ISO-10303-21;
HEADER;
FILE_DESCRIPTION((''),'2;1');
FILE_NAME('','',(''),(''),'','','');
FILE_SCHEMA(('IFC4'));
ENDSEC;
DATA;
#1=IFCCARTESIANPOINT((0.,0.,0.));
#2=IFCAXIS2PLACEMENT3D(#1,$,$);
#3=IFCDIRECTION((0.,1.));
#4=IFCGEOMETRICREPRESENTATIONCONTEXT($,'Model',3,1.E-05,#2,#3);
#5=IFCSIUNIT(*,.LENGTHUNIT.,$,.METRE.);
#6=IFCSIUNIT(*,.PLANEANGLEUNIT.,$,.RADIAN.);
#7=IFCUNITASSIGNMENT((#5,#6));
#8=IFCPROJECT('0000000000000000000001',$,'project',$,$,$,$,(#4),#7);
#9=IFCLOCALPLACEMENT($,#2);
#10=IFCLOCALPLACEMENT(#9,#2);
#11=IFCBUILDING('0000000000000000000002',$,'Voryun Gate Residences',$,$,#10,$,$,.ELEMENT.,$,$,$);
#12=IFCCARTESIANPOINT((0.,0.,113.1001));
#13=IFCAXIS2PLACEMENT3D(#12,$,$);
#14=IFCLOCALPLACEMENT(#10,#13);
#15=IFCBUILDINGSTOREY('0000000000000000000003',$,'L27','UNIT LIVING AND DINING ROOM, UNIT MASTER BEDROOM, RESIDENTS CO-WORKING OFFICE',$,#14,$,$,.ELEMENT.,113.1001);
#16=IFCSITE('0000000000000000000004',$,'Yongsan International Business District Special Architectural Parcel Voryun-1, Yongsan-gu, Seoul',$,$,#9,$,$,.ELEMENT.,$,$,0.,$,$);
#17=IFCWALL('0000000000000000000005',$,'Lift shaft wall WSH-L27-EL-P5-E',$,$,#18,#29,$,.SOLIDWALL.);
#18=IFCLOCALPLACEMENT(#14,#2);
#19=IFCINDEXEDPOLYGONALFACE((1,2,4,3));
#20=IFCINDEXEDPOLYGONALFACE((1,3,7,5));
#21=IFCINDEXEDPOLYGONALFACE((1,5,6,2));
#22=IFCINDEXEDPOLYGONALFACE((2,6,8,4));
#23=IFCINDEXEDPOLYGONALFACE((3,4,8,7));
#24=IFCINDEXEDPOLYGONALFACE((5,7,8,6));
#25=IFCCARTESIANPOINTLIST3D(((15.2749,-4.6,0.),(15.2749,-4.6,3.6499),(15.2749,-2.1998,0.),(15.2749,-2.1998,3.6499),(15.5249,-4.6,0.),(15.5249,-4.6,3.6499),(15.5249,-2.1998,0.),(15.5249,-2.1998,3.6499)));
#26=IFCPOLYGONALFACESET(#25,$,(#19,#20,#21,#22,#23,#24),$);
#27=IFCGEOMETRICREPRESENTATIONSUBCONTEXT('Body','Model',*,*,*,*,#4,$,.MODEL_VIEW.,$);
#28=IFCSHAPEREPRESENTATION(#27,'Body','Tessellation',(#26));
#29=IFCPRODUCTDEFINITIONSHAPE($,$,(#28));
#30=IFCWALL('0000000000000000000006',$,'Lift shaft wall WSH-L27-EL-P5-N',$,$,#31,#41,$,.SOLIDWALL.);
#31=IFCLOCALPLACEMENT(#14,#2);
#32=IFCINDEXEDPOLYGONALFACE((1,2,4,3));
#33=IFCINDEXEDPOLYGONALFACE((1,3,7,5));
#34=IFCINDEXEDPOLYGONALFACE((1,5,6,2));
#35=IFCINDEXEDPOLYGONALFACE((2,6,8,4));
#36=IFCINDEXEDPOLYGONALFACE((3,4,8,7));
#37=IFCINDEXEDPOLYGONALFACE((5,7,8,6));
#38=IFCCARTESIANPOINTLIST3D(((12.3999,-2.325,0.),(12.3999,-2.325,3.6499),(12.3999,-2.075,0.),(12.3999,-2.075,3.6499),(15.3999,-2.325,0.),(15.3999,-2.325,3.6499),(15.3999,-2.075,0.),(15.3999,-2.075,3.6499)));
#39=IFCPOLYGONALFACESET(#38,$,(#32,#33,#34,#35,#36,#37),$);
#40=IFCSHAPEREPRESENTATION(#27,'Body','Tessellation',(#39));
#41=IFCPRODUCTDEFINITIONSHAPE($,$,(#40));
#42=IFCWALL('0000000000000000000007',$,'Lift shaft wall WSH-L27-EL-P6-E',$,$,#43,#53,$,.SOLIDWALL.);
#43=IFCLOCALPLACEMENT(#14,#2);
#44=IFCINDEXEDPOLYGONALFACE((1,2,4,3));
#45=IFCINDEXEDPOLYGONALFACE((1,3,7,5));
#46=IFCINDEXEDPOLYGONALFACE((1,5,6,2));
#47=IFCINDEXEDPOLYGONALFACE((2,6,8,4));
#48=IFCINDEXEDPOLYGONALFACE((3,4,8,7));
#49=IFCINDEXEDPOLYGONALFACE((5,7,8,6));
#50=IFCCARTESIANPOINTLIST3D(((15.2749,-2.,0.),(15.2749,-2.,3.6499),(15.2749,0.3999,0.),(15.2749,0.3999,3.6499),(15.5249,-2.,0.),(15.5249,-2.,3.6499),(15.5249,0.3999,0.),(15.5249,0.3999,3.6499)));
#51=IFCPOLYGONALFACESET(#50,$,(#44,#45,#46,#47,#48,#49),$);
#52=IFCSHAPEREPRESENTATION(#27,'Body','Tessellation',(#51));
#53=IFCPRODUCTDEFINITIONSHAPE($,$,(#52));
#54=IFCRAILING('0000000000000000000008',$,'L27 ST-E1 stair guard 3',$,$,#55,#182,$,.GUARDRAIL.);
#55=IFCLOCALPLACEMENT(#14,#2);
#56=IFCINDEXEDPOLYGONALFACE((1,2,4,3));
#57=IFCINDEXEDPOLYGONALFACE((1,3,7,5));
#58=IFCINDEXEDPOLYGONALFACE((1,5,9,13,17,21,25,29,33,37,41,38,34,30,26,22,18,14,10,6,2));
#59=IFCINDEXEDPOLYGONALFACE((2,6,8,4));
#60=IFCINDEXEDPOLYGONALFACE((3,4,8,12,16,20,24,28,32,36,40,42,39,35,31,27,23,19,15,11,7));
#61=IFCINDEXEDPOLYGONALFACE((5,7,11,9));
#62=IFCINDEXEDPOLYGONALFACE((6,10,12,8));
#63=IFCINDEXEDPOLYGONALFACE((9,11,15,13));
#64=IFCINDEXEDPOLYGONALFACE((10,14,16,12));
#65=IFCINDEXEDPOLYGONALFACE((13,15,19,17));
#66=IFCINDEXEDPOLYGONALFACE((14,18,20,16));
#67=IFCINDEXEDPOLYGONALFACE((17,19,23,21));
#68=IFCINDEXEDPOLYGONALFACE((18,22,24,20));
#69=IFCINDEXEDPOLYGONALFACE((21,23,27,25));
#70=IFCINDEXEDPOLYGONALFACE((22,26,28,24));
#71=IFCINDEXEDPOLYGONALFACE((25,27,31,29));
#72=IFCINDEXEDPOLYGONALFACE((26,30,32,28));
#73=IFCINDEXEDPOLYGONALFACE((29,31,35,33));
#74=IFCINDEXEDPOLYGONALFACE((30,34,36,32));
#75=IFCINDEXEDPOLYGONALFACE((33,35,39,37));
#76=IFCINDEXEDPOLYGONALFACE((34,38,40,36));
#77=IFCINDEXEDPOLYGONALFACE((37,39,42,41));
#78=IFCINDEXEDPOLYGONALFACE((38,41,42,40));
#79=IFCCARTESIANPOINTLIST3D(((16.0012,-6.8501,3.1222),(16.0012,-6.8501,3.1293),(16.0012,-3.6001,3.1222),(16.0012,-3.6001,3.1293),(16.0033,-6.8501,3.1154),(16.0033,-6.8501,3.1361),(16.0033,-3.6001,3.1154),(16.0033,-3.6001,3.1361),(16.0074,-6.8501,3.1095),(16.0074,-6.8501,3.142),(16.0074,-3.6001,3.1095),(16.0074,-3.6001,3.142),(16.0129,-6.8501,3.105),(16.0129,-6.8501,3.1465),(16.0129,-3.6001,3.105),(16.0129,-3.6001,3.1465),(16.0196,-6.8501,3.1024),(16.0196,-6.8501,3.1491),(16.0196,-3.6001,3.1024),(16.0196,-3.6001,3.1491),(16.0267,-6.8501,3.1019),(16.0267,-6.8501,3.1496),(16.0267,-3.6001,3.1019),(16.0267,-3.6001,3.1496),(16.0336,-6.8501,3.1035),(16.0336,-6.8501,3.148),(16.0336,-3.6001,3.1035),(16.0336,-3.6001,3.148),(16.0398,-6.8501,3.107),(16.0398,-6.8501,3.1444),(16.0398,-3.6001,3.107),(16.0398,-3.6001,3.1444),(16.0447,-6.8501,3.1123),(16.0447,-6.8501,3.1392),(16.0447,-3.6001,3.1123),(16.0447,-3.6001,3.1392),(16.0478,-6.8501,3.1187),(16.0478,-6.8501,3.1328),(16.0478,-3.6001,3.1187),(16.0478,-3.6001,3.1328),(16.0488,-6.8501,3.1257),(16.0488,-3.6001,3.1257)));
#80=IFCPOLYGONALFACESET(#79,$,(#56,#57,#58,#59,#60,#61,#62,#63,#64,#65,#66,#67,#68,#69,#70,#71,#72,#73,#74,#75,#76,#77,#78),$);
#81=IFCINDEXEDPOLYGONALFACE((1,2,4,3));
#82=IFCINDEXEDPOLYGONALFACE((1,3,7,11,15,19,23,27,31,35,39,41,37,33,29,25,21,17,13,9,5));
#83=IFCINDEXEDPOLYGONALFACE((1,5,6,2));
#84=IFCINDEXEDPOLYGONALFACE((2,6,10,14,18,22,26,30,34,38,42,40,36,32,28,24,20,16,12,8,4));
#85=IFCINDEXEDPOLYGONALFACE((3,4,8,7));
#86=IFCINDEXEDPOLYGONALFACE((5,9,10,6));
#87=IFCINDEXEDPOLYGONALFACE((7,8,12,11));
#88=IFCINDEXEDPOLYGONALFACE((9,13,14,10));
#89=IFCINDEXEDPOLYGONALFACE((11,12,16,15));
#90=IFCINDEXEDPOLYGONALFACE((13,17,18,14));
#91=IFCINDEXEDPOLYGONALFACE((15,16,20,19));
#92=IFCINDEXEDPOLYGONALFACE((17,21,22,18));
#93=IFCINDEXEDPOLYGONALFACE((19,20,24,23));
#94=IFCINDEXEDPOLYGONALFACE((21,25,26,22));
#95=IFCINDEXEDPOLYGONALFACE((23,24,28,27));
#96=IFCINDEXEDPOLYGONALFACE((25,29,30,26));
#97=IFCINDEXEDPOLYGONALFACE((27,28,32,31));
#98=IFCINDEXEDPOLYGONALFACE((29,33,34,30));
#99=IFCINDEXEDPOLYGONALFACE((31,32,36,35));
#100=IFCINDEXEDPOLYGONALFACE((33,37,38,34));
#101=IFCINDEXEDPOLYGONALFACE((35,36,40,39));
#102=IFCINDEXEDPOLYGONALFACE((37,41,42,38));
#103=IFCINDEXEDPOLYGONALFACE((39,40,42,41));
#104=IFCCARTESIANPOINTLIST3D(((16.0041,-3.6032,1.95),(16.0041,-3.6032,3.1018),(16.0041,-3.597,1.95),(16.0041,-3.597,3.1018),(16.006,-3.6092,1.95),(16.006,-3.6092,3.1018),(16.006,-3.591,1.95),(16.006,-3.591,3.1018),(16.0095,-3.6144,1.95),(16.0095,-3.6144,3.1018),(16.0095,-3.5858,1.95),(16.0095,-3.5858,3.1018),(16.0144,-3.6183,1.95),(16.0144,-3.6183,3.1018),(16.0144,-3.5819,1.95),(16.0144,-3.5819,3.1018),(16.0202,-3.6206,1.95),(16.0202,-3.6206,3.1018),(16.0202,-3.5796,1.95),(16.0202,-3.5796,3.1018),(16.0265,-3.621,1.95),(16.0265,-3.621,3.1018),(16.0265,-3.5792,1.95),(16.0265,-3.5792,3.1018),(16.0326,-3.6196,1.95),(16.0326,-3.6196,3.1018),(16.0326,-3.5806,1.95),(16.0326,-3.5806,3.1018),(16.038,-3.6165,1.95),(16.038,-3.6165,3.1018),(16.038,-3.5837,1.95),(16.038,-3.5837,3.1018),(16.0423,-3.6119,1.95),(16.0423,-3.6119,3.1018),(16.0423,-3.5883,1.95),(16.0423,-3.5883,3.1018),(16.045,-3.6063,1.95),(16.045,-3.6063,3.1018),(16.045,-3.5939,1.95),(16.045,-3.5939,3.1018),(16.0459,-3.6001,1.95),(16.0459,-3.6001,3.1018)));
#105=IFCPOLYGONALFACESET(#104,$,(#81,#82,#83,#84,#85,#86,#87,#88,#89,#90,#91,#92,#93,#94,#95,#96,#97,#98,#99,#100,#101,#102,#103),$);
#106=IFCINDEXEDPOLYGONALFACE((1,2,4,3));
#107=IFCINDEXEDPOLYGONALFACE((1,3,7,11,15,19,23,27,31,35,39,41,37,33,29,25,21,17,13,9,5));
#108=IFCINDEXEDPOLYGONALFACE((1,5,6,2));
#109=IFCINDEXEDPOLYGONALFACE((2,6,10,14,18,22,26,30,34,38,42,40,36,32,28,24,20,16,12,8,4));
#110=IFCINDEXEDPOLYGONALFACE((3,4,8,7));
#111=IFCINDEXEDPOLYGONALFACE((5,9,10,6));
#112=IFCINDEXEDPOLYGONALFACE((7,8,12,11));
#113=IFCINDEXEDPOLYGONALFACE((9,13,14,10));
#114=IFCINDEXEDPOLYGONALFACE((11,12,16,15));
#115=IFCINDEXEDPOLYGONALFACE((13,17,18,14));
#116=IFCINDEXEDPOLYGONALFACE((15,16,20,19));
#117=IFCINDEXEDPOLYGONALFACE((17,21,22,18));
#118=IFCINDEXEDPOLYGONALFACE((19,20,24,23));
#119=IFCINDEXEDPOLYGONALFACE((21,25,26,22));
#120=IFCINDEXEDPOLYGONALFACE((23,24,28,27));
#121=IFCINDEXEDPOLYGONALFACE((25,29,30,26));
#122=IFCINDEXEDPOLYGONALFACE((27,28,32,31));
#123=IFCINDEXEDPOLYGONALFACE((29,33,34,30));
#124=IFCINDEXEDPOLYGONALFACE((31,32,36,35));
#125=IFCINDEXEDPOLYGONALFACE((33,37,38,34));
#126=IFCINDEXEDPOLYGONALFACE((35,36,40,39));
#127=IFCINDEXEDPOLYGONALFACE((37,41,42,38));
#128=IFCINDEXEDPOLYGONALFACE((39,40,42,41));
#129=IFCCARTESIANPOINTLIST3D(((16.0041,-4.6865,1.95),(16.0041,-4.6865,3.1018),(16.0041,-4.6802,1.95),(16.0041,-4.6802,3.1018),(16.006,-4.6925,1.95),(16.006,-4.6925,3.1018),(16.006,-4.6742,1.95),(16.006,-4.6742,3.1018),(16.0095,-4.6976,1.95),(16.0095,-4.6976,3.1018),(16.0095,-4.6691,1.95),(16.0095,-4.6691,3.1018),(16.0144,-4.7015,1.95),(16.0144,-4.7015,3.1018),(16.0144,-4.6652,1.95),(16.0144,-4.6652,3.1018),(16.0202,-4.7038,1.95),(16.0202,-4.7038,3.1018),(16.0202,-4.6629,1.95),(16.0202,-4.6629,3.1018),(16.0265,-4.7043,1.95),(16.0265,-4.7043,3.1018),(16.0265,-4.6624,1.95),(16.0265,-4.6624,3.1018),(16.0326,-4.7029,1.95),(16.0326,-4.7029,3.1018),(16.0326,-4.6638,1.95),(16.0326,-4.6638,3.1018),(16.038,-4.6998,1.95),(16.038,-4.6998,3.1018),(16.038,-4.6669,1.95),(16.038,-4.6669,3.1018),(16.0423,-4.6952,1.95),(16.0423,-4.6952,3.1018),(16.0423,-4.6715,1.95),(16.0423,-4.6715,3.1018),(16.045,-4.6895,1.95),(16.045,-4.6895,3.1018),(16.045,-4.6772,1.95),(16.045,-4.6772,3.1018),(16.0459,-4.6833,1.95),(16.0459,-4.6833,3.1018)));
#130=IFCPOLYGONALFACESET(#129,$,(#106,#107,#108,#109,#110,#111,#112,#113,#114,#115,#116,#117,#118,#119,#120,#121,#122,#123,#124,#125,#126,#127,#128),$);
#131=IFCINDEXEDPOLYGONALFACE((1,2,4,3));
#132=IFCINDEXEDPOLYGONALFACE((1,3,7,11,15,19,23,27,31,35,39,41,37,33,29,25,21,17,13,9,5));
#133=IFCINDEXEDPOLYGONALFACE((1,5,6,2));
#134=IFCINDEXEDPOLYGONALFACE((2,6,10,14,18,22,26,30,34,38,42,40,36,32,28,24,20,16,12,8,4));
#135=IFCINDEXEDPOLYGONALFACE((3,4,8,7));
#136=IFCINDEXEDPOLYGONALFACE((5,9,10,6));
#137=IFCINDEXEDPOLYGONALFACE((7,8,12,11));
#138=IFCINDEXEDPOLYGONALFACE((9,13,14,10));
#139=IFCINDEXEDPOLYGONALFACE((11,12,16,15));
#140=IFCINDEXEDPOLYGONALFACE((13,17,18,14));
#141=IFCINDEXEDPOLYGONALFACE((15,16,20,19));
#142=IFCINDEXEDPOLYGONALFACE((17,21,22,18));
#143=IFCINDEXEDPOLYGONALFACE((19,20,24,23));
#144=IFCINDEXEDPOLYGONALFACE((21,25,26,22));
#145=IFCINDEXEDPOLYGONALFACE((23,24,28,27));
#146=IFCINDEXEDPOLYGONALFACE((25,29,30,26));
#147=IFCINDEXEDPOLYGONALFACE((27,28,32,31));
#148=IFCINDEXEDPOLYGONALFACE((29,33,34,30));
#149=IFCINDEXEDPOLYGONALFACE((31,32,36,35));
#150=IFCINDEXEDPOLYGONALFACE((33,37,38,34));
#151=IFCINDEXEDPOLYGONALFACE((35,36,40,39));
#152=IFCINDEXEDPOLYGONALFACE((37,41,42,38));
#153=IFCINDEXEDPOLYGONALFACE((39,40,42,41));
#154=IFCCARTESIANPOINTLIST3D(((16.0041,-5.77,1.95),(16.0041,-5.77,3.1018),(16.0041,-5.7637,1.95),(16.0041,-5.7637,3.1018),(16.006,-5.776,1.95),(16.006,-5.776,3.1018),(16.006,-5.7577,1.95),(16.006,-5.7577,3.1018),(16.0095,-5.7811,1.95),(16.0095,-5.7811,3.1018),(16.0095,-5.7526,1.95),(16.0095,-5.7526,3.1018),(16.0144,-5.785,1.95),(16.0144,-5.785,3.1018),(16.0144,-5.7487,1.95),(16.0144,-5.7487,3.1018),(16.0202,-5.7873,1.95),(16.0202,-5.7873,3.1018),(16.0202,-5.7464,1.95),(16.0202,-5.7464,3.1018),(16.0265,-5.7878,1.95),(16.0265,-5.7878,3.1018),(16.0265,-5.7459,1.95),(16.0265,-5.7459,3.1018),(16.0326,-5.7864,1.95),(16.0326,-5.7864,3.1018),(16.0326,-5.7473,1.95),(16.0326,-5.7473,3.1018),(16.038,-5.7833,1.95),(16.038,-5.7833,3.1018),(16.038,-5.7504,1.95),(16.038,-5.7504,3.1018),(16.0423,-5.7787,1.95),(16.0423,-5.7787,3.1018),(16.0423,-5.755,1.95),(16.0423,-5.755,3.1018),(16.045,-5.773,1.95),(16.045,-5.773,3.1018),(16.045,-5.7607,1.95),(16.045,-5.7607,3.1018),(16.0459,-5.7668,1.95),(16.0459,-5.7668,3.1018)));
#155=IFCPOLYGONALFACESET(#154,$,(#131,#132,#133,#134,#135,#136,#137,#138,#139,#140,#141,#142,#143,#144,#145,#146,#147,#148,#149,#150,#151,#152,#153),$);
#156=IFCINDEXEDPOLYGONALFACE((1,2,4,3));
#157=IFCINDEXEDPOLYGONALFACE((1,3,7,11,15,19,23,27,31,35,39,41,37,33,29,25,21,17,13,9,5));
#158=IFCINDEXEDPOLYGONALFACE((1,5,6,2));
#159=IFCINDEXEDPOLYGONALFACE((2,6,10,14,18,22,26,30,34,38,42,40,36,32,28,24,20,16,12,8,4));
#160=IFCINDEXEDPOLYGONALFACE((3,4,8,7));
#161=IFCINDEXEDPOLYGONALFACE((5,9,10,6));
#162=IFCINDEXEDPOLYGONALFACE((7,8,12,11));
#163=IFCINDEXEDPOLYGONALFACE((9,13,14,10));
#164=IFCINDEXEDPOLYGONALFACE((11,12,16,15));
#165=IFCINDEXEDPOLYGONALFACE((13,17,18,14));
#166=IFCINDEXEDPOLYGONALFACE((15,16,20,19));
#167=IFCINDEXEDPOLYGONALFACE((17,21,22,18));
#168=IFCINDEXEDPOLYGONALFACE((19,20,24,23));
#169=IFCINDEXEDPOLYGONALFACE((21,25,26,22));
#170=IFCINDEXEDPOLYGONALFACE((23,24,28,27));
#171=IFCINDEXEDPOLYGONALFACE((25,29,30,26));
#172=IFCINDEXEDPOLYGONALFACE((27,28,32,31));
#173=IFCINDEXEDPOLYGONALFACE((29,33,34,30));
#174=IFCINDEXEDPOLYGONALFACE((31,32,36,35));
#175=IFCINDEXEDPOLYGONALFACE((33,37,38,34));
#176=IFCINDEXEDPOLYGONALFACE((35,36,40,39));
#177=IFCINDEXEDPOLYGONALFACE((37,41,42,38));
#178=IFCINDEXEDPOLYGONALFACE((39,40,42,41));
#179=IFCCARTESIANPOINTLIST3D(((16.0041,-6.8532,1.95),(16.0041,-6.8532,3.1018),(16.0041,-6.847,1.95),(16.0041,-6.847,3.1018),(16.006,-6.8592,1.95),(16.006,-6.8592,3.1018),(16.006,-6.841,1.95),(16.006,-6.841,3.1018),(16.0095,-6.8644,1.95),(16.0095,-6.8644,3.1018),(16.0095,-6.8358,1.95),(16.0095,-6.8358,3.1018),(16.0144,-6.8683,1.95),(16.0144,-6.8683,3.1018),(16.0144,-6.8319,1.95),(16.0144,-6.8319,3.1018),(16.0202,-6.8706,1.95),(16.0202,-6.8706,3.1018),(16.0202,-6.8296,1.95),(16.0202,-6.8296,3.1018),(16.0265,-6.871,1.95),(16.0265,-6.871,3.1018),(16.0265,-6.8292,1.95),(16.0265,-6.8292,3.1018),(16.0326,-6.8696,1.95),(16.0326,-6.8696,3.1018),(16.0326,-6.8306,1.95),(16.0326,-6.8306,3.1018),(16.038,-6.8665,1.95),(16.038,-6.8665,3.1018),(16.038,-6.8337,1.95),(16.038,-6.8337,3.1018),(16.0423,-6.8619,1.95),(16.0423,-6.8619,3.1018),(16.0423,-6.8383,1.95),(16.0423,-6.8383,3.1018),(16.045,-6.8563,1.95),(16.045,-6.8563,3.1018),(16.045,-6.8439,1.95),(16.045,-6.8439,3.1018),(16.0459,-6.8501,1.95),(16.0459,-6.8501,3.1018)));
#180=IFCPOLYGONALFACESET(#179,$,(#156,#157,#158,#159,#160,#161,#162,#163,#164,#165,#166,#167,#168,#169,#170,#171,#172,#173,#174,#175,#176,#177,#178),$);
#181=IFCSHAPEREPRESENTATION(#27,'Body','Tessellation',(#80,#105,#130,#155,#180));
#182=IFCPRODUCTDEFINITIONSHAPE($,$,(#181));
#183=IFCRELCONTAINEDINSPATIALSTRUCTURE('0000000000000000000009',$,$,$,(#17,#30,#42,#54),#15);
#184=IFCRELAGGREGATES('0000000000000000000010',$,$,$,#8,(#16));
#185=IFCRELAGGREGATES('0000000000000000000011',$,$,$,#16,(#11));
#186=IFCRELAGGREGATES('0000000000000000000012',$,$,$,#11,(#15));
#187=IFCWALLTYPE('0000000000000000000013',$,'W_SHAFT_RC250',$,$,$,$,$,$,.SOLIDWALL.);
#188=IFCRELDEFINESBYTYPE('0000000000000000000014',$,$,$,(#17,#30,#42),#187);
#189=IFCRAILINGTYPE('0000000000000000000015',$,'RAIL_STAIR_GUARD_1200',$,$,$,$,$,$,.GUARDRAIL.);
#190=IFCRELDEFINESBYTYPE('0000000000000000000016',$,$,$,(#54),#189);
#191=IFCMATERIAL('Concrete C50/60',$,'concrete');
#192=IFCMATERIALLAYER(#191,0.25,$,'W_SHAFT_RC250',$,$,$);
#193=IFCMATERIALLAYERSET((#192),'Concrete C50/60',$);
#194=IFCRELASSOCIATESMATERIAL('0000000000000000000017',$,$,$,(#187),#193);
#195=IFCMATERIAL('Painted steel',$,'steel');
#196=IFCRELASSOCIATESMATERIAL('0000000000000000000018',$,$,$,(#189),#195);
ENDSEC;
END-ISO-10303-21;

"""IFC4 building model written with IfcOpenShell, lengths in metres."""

from ifc_helpers import new_model, si_unit, direction, frame, frame_2d, origin, origin_2d, place, context, subcontext, project, spatial, rectangle, circle, extrude, material, layer, layer_set, type_object, element, save


model = new_model("IFC4")

# Units and contexts
model_context = context("Model", 3, precision=1e-05, world=origin(), true_north=direction((0.0, 1.0)))
body_context = subcontext(model_context, "Body", "Model", "MODEL_VIEW")
ifc_project = project(units=[si_unit("LENGTHUNIT", "METRE"), si_unit("PLANEANGLEUNIT", "RADIAN")], contexts=[model_context])

# Site, building, storey
site_placement = place(None, origin())
site = spatial("IfcSite", under=ifc_project, at=site_placement, Name="Yongsan International Business District Special Architectural Parcel Voryun-1, Yongsan-gu, Seoul", CompositionType="ELEMENT", RefElevation=0.0)
building_placement = place(site_placement, origin())
building = spatial("IfcBuilding", under=site, at=building_placement, Name="Voryun Gate Residences", CompositionType="ELEMENT")
storey_placement = place(building_placement, frame((0.0, 0.0, 113.1001)))
storey = spatial("IfcBuildingStorey", under=building, at=storey_placement, Name="L27", Description="UNIT LIVING AND DINING ROOM, UNIT MASTER BEDROOM, RESIDENTS CO-WORKING OFFICE", CompositionType="ELEMENT", Elevation=113.1001)

# Walls
ifc_material_1 = material(Name="Concrete C50/60", Category="concrete")
ifc_layer_1 = layer(ifc_material_1, 0.25, Name="W_SHAFT_RC250")
ifc_layer_set_1 = layer_set([ifc_layer_1], Name="Concrete C50/60")
wall_type_1 = type_object("IfcWallType", Name="W_SHAFT_RC250", PredefinedType="SOLIDWALL", material=ifc_layer_set_1)
wall_1_placement = place(storey_placement, frame((15.3999, -4.6001, 0.0), z_axis=(0.0, 0.0, 1.0), x_axis=(0.0, 1.0, 0.0)))
element("IfcWall", 1, at=wall_1_placement, inside=storey, type_object=wall_type_1, Name="Lift shaft wall WSH-L27-EL-P5-E", PredefinedType="SOLIDWALL", context=body_context, shape_type="SweptSolid", body=[
    extrude(rectangle(XDim=2.4001, YDim=0.25, at=frame_2d((1.2002, 0.0))), origin(), (0.0, 0.0, 1.0), 3.6499),
])
wall_2_placement = place(storey_placement, frame((15.3999, -2.2, 0.0), z_axis=(0.0, 0.0, 1.0), x_axis=(-1.0, 0.0, 0.0)))
element("IfcWall", 2, at=wall_2_placement, inside=storey, type_object=wall_type_1, Name="Lift shaft wall WSH-L27-EL-P5-N", PredefinedType="SOLIDWALL", context=body_context, shape_type="SweptSolid", body=[
    extrude(rectangle(XDim=3.0, YDim=0.25, at=frame_2d((1.5, 0.0))), origin(), (0.0, 0.0, 1.0), 3.6499),
])
wall_3_placement = place(storey_placement, frame((15.3999, -2.0, 0.0), z_axis=(0.0, 0.0, 1.0), x_axis=(0.0, 1.0, 0.0)))
element("IfcWall", 3, at=wall_3_placement, inside=storey, type_object=wall_type_1, Name="Lift shaft wall WSH-L27-EL-P6-E", PredefinedType="SOLIDWALL", context=body_context, shape_type="SweptSolid", body=[
    extrude(rectangle(XDim=2.3999, YDim=0.25, at=frame_2d((1.2, 0.0))), origin(), (0.0, 0.0, 1.0), 3.6499),
])

# Railing
ifc_material_2 = material(Name="Painted steel", Category="steel")
railing_type_1 = type_object("IfcRailingType", Name="RAIL_STAIR_GUARD_1200", PredefinedType="GUARDRAIL", material=ifc_material_2)
railing_1_placement = place(storey_placement, frame((16.0249, -3.6001, 1.95)))
element("IfcRailing", 4, at=railing_1_placement, inside=storey, type_object=railing_type_1, Name="L27 ST-E1 stair guard 3", PredefinedType="GUARDRAIL", context=body_context, shape_type="SweptSolid", body=[
    extrude(circle(Radius=0.0239, at=origin_2d()), frame((0.0, 0.0, 1.1758), z_axis=(0.0, -1.0, 0.0), x_axis=(1.0, 0.0, 0.0)), (0.0, 0.0, 1.0), 3.25),
    extrude(circle(Radius=0.021, at=origin_2d()), origin(), (0.0, 0.0, 1.0), 1.1519),
    extrude(circle(Radius=0.021, at=origin_2d()), frame((0.0, -1.0833, 0.0)), (0.0, 0.0, 1.0), 1.1519),
    extrude(circle(Radius=0.021, at=origin_2d()), frame((0.0, -2.1667, 0.0)), (0.0, 0.0, 1.0), 1.1519),
    extrude(circle(Radius=0.021, at=origin_2d()), frame((0.0, -3.25, 0.0)), (0.0, 0.0, 1.0), 1.1519),
])

save(model, "model.ifc")
